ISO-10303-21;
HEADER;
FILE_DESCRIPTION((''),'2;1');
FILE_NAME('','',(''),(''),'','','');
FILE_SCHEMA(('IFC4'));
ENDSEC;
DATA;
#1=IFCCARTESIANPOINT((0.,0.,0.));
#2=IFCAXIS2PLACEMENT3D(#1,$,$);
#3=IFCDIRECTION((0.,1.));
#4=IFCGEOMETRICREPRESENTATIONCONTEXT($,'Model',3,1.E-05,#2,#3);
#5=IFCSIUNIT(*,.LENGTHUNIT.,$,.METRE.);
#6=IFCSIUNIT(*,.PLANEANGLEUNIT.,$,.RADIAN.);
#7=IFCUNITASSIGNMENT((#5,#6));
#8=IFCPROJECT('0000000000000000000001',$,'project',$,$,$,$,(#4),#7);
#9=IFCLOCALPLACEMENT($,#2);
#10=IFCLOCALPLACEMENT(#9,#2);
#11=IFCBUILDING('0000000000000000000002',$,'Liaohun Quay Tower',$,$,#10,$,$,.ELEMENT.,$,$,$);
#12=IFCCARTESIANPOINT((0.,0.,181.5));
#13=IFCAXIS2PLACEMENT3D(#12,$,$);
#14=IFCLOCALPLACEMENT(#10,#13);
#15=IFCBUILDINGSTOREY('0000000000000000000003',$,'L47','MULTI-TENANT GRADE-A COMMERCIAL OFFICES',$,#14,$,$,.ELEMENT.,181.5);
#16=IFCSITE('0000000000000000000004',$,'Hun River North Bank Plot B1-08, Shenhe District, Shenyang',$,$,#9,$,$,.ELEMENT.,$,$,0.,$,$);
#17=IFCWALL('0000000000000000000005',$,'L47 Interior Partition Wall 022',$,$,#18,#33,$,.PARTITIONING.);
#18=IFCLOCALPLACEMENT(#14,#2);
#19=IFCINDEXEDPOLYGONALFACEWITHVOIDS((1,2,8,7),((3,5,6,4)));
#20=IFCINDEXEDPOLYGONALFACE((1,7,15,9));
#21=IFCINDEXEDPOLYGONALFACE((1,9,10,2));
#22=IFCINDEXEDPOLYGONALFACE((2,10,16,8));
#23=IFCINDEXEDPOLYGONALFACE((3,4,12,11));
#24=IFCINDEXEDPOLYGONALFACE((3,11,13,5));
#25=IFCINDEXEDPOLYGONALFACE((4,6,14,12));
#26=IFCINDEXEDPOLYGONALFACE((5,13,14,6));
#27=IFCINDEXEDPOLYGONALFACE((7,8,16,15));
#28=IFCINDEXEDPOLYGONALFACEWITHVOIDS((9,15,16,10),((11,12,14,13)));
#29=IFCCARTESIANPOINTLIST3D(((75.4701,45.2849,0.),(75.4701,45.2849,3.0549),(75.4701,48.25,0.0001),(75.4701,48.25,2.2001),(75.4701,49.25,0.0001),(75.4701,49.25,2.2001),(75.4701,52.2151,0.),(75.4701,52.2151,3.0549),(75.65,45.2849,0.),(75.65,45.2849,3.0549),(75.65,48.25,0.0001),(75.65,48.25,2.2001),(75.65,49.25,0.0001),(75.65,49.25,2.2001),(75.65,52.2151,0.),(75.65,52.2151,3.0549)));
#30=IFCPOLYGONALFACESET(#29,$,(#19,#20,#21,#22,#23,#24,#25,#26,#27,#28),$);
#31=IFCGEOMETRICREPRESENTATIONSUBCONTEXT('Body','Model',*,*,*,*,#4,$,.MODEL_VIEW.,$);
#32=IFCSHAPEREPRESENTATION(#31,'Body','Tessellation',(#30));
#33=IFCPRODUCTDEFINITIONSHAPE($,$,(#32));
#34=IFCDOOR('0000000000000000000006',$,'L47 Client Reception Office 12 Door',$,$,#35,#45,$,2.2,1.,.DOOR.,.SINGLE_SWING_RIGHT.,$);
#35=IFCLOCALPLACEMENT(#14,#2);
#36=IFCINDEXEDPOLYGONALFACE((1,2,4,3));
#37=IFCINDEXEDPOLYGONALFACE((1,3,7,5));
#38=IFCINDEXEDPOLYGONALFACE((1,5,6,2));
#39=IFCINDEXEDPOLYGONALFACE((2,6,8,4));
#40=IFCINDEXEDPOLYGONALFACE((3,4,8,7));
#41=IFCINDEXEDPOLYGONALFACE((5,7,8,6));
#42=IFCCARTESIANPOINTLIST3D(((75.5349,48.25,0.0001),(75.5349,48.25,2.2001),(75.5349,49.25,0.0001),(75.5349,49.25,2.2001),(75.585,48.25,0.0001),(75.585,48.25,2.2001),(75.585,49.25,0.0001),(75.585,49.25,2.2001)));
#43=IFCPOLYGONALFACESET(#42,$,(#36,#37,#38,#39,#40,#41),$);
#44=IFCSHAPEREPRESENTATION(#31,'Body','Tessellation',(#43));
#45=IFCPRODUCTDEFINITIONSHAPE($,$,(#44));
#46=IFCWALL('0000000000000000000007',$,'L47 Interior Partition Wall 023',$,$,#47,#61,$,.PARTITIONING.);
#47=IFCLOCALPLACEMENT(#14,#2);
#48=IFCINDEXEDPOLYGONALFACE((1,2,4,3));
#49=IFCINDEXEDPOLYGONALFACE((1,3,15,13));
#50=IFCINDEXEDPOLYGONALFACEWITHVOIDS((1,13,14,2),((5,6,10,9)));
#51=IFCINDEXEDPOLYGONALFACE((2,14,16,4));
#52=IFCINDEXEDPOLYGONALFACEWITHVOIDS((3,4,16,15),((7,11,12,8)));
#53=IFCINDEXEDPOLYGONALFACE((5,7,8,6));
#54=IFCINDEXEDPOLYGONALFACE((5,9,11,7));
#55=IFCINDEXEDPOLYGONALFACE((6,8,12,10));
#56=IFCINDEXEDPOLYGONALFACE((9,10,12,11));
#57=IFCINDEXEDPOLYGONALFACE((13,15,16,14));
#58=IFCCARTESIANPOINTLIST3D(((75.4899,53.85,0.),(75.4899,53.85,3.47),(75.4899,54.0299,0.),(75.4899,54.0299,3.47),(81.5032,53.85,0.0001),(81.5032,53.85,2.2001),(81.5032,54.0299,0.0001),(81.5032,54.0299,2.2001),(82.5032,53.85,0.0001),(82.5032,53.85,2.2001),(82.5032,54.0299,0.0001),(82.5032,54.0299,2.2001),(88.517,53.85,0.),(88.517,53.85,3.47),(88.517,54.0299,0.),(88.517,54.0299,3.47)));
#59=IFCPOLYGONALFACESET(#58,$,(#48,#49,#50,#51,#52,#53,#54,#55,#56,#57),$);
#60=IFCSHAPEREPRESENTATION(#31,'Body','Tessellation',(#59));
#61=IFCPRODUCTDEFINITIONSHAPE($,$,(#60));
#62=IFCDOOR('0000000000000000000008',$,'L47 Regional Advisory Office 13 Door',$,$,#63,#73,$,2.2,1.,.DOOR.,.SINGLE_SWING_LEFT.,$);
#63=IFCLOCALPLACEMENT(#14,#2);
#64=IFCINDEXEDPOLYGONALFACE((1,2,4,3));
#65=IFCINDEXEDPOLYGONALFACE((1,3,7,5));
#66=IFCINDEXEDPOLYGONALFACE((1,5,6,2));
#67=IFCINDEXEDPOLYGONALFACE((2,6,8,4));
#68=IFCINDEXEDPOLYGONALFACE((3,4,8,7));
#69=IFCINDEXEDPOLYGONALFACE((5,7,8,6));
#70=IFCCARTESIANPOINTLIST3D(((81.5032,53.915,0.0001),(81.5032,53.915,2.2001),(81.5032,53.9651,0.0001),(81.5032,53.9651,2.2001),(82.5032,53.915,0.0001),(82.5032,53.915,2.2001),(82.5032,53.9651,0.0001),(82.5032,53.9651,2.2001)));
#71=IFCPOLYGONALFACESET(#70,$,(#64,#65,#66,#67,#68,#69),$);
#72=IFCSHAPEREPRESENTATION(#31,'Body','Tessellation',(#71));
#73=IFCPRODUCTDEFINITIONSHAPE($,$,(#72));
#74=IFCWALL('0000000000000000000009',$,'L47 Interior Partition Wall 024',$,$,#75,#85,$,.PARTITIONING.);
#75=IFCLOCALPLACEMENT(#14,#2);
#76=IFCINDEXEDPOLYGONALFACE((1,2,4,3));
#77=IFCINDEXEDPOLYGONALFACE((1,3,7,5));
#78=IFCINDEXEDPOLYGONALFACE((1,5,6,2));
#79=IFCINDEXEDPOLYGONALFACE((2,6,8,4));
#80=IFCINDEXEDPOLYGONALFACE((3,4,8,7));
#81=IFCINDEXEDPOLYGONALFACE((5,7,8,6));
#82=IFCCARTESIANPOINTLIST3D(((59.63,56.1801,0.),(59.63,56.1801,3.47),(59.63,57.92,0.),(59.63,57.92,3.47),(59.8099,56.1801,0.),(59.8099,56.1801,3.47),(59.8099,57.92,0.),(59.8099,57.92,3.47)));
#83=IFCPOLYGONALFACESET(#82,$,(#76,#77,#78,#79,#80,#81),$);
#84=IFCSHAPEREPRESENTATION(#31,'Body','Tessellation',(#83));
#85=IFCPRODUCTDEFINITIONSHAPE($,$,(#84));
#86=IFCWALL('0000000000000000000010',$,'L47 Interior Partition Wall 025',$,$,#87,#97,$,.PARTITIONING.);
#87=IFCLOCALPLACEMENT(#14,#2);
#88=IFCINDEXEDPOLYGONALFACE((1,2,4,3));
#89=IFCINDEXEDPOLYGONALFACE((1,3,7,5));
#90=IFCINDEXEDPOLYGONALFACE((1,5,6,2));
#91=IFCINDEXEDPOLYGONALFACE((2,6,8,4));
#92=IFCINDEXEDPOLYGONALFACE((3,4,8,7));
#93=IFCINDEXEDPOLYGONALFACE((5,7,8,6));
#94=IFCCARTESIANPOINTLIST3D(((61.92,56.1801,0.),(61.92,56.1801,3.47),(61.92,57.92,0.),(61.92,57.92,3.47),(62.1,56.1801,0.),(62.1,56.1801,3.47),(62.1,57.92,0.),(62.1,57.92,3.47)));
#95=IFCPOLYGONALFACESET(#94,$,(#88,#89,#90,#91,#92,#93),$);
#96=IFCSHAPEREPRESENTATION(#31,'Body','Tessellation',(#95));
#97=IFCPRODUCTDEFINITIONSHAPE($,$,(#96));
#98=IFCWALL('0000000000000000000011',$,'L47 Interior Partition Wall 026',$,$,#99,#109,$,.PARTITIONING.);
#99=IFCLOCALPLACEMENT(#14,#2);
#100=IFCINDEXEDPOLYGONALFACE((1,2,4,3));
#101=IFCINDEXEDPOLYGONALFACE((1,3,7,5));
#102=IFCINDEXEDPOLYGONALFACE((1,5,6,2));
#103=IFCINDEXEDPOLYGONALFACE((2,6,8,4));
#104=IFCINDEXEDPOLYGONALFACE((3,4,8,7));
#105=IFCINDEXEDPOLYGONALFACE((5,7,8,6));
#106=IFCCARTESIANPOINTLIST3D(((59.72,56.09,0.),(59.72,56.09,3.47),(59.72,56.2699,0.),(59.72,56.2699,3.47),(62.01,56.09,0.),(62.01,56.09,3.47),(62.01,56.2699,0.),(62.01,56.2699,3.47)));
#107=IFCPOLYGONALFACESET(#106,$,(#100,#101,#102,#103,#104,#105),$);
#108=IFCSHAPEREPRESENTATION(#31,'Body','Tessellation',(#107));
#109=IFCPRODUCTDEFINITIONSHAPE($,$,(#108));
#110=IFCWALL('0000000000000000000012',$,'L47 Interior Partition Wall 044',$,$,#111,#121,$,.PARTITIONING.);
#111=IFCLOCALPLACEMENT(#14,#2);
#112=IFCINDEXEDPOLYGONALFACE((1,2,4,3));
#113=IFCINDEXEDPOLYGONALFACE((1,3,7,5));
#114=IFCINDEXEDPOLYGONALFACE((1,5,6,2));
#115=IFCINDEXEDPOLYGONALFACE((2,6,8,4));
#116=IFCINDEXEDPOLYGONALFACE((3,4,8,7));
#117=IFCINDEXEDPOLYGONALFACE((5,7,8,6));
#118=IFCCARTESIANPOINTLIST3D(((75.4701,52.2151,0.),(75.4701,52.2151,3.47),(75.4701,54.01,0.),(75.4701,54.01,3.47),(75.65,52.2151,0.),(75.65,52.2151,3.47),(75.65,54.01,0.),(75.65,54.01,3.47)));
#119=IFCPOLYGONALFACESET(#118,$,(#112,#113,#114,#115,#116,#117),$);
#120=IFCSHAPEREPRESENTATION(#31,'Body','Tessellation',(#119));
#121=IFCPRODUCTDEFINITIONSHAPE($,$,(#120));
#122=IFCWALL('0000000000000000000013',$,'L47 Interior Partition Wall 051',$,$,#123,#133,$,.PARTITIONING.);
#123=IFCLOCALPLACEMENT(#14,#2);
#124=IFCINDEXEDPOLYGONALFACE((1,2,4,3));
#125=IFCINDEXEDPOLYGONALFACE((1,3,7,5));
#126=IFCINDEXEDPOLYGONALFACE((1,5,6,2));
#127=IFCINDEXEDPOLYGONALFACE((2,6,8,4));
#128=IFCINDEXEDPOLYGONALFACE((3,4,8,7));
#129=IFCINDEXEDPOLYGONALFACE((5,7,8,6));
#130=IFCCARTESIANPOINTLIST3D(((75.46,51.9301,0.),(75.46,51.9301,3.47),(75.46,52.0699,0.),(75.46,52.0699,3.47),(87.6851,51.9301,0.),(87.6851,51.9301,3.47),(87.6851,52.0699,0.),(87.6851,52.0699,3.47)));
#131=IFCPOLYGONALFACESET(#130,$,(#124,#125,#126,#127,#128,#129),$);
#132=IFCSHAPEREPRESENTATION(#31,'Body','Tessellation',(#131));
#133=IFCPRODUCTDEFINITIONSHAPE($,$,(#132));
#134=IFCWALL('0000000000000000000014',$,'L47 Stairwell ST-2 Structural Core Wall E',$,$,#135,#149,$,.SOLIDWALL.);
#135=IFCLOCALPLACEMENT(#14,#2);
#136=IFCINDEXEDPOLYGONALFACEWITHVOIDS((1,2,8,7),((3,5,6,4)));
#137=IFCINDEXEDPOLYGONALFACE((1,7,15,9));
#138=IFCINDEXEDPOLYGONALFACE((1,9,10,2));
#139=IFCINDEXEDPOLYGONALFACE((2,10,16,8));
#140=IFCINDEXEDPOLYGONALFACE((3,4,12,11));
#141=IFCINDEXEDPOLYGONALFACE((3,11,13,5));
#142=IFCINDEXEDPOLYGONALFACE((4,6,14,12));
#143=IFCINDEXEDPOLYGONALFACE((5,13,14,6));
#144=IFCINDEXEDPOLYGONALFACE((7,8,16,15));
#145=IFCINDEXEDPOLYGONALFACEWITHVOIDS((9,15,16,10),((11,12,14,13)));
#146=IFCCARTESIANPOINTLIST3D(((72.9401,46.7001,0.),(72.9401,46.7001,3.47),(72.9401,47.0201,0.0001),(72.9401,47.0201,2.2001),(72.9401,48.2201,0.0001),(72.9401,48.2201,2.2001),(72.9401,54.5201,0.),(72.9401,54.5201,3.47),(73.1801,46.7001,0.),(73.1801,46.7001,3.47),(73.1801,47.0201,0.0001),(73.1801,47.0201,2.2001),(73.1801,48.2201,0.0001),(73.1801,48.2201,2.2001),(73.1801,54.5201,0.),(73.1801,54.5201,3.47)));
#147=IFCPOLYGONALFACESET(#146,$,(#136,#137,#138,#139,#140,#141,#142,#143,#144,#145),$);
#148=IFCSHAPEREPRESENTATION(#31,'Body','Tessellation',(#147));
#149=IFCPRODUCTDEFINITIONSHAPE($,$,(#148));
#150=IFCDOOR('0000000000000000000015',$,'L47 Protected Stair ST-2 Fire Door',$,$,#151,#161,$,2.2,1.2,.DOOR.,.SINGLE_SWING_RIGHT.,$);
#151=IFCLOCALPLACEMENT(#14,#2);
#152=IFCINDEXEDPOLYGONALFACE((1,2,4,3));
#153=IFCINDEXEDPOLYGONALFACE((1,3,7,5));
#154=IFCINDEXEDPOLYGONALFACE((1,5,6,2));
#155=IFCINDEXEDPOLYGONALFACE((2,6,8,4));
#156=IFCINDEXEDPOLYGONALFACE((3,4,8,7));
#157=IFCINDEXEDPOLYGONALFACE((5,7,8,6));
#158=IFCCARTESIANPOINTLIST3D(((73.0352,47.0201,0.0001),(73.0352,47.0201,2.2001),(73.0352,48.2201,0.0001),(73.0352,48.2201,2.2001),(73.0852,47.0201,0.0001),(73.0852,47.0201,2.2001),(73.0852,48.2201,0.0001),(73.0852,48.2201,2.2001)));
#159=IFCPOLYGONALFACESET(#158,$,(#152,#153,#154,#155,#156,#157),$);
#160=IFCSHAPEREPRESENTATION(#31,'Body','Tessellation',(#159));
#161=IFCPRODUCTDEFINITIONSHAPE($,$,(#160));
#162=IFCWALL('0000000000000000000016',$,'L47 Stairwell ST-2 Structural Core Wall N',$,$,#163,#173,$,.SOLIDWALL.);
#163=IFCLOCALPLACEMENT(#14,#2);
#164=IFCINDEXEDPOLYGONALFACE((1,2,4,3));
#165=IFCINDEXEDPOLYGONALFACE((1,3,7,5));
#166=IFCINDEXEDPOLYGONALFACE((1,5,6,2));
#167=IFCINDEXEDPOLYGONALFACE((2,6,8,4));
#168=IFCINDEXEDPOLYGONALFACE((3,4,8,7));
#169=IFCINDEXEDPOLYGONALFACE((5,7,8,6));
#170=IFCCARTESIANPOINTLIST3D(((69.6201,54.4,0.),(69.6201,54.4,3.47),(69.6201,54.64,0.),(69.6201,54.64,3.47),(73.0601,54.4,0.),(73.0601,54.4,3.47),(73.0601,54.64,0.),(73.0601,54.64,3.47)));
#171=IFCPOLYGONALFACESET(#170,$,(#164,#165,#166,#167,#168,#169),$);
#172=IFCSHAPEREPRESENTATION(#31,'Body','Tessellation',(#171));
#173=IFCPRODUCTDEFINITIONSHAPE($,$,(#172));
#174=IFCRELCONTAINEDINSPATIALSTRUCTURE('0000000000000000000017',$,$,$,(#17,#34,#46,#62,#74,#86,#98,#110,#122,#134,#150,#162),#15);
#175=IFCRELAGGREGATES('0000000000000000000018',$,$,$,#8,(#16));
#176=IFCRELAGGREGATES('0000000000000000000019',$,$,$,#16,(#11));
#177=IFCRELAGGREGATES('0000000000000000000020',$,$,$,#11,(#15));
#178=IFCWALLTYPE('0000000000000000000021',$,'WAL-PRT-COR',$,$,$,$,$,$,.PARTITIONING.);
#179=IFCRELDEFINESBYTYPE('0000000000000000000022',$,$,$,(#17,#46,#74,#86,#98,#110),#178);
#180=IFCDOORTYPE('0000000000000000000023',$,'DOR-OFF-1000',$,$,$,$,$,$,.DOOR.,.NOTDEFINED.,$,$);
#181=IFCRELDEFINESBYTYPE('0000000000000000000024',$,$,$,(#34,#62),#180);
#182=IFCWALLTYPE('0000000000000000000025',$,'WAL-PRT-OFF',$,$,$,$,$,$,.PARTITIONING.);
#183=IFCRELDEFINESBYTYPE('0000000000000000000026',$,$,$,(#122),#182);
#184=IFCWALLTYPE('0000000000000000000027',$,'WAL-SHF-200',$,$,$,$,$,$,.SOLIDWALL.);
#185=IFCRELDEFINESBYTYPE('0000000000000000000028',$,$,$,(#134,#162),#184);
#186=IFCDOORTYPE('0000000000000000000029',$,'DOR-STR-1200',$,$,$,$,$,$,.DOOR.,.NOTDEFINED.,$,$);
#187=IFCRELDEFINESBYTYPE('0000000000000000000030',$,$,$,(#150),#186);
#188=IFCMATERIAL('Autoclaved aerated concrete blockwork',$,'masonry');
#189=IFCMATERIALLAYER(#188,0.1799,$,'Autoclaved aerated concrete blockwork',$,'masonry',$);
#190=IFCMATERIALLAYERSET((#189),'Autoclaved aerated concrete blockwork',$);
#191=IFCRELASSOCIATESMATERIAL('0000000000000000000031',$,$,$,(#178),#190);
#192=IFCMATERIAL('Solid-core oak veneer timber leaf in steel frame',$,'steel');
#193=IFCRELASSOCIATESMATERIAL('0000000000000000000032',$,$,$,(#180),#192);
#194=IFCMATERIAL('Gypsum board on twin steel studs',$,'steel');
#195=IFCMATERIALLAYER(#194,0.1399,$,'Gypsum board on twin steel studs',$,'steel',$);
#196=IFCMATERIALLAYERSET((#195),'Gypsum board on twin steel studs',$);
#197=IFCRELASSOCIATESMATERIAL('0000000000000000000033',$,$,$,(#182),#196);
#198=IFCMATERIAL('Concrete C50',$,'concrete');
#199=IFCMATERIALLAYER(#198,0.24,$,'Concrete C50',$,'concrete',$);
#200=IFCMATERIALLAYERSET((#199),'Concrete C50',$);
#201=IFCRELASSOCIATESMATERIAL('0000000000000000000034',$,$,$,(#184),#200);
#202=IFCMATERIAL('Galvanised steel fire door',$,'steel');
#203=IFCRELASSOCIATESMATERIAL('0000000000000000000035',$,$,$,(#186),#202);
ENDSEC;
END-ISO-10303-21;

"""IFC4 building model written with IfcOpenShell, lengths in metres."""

from ifc_helpers import new_model, si_unit, direction, frame, frame_2d, origin, place, context, subcontext, project, spatial, rectangle, extrude, source, transform, mapped, material, layer, layer_set, type_object, element, fill, save


model = new_model("IFC4")

# Units and contexts
model_context = context("Model", 3, precision=1e-05, world=origin(), true_north=direction((0.0, 1.0)))
body_context = subcontext(model_context, "Body", "Model", "MODEL_VIEW")
ifc_project = project(units=[si_unit("LENGTHUNIT", "METRE"), si_unit("PLANEANGLEUNIT", "RADIAN")], contexts=[model_context])

# Site, building, storey
site_placement = place(None, origin())
site = spatial("IfcSite", under=ifc_project, at=site_placement, Name="Hun River North Bank Plot B1-08, Shenhe District, Shenyang", CompositionType="ELEMENT", RefElevation=0.0)
building_placement = place(site_placement, origin())
building = spatial("IfcBuilding", under=site, at=building_placement, Name="Liaohun Quay Tower", CompositionType="ELEMENT")
storey_placement = place(building_placement, frame((0.0, 0.0, 181.5)))
storey = spatial("IfcBuildingStorey", under=building, at=storey_placement, Name="L47", Description="MULTI-TENANT GRADE-A COMMERCIAL OFFICES", CompositionType="ELEMENT", Elevation=181.5)

# Walls, openings, doors
ifc_material_1 = material(Name="Autoclaved aerated concrete blockwork", Category="masonry")
ifc_layer_1 = layer(ifc_material_1, 0.1799, Name="Autoclaved aerated concrete blockwork", Category="masonry")
ifc_layer_set_1 = layer_set([ifc_layer_1], Name="Autoclaved aerated concrete blockwork")
wall_type_1 = type_object("IfcWallType", Name="WAL-PRT-COR", PredefinedType="PARTITIONING", material=ifc_layer_set_1)
wall_1_placement = place(storey_placement, frame((75.5601, 52.2151, 0.0), z_axis=(0.0, 0.0, 1.0), x_axis=(0.0, -1.0, 0.0)))
wall_1 = element("IfcWall", 1, at=wall_1_placement, inside=storey, type_object=wall_type_1, Name="L47 Interior Partition Wall 022", PredefinedType="PARTITIONING", context=body_context, shape_type="SweptSolid", body=[
    extrude(rectangle(XDim=6.9302, YDim=0.1799, at=frame_2d((3.4651, 0.0))), origin(), (0.0, 0.0, 1.0), 3.0549),
])
shared_shape_1 = source(origin(), body_context, "Body", "SweptSolid", [
    extrude(rectangle(XDim=1.0, YDim=2.2, at=frame_2d((0.5, 1.1001))), frame((0.0, 0.0999, 0.0), z_axis=(0.0, -1.0, 0.0), x_axis=(1.0, 0.0, 0.0)), (0.0, 0.0, 1.0), 0.2),
])
opening_1_placement = place(wall_1_placement, frame((2.9651, 0.0, 0.0)))
opening_1 = element("IfcOpeningElement", 2, at=opening_1_placement, cuts=wall_1, PredefinedType="OPENING", context=body_context, shape_type="MappedRepresentation", body=[
    mapped(shared_shape_1, transform((0.0, 0.0, 0.0), x_axis=(1.0, 0.0, 0.0), y_axis=(0.0, 1.0, 0.0), z_axis=(0.0, 0.0, 1.0), scale=1.0)),
])
ifc_material_2 = material(Name="Solid-core oak veneer timber leaf in steel frame", Category="steel")
door_type_1 = type_object("IfcDoorType", Name="DOR-OFF-1000", OperationType="NOTDEFINED", PredefinedType="DOOR", material=ifc_material_2)
shared_shape_2 = source(origin(), body_context, "Body", "SweptSolid", [
    extrude(rectangle(XDim=1.0, YDim=2.2, at=frame_2d((0.5, 1.1001))), frame((0.0, 0.0249, 0.0), z_axis=(0.0, -1.0, 0.0), x_axis=(1.0, 0.0, 0.0)), (0.0, 0.0, 1.0), 0.05),
])
door_1_placement = place(opening_1_placement, origin())
door_1 = element("IfcDoor", 3, at=door_1_placement, inside=storey, type_object=door_type_1, Name="L47 Client Reception Office 12 Door", OperationType="SINGLE_SWING_RIGHT", OverallHeight=2.2, OverallWidth=1.0, PredefinedType="DOOR", context=body_context, shape_type="MappedRepresentation", body=[
    mapped(shared_shape_2, transform((0.0, 0.0, 0.0), x_axis=(1.0, 0.0, 0.0), y_axis=(0.0, 1.0, 0.0), z_axis=(0.0, 0.0, 1.0), scale=1.0)),
])
fill(opening_1, door_1)
wall_2_placement = place(storey_placement, frame((88.5171, 53.9399, 0.0), z_axis=(0.0, 0.0, 1.0), x_axis=(-1.0, 0.0, 0.0)))
wall_2 = element("IfcWall", 4, at=wall_2_placement, inside=storey, type_object=wall_type_1, Name="L47 Interior Partition Wall 023", PredefinedType="PARTITIONING", context=body_context, shape_type="SweptSolid", body=[
    extrude(rectangle(XDim=13.0271, YDim=0.1799, at=frame_2d((6.5137, 0.0))), origin(), (0.0, 0.0, 1.0), 3.47),
])
opening_2_placement = place(wall_2_placement, frame((6.0139, 0.0, 0.0)))
opening_2 = element("IfcOpeningElement", 5, at=opening_2_placement, cuts=wall_2, PredefinedType="OPENING", context=body_context, shape_type="MappedRepresentation", body=[
    mapped(shared_shape_1, transform((0.0, 0.0, 0.0), x_axis=(1.0, 0.0, 0.0), y_axis=(0.0, 1.0, 0.0), z_axis=(0.0, 0.0, 1.0), scale=1.0)),
])
door_2_placement = place(opening_2_placement, origin())
door_2 = element("IfcDoor", 6, at=door_2_placement, inside=storey, type_object=door_type_1, Name="L47 Regional Advisory Office 13 Door", OperationType="SINGLE_SWING_LEFT", OverallHeight=2.2, OverallWidth=1.0, PredefinedType="DOOR", context=body_context, shape_type="MappedRepresentation", body=[
    mapped(shared_shape_2, transform((0.0, 0.0, 0.0), x_axis=(1.0, 0.0, 0.0), y_axis=(0.0, 1.0, 0.0), z_axis=(0.0, 0.0, 1.0), scale=1.0)),
])
fill(opening_2, door_2)

# Walls
for number, where, z_axis, x_axis, name in (
    (7, (59.72, 56.1799, 0.0), (0.0, 0.0, 1.0), (0.0, 1.0, 0.0), "L47 Interior Partition Wall 024"),
    (8, (62.01, 56.1799, 0.0), (0.0, 0.0, 1.0), (0.0, 1.0, 0.0), "L47 Interior Partition Wall 025"),
):
    element("IfcWall", number, at=place(storey_placement, frame(where, z_axis=z_axis, x_axis=x_axis)), inside=storey, type_object=wall_type_1, Name=name, PredefinedType="PARTITIONING", context=body_context, shape_type="SweptSolid", body=[
        extrude(rectangle(XDim=1.74, YDim=0.1799, at=frame_2d((0.8701, 0.0))), origin(), (0.0, 0.0, 1.0), 3.47),
    ])
wall_3_placement = place(storey_placement, frame((59.72, 56.1799, 0.0), z_axis=(0.0, 0.0, 1.0), x_axis=(1.0, 0.0, 0.0)))
element("IfcWall", 9, at=wall_3_placement, inside=storey, type_object=wall_type_1, Name="L47 Interior Partition Wall 026", PredefinedType="PARTITIONING", context=body_context, shape_type="SweptSolid", body=[
    extrude(rectangle(XDim=2.29, YDim=0.1799, at=frame_2d((1.145, 0.0))), origin(), (0.0, 0.0, 1.0), 3.47),
])
wall_4_placement = place(storey_placement, frame((75.5601, 54.01, 0.0), z_axis=(0.0, 0.0, 1.0), x_axis=(0.0, -1.0, 0.0)))
element("IfcWall", 10, at=wall_4_placement, inside=storey, type_object=wall_type_1, Name="L47 Interior Partition Wall 044", PredefinedType="PARTITIONING", context=body_context, shape_type="SweptSolid", body=[
    extrude(rectangle(XDim=1.7949, YDim=0.1799, at=frame_2d((0.8975, 0.0))), origin(), (0.0, 0.0, 1.0), 3.47),
])
ifc_material_3 = material(Name="Gypsum board on twin steel studs", Category="steel")
ifc_layer_2 = layer(ifc_material_3, 0.1399, Name="Gypsum board on twin steel studs", Category="steel")
ifc_layer_set_2 = layer_set([ifc_layer_2], Name="Gypsum board on twin steel studs")
wall_type_2 = type_object("IfcWallType", Name="WAL-PRT-OFF", PredefinedType="PARTITIONING", material=ifc_layer_set_2)
wall_5_placement = place(storey_placement, frame((75.46, 52.0, 0.0), z_axis=(0.0, 0.0, 1.0), x_axis=(1.0, 0.0, 0.0)))
element("IfcWall", 11, at=wall_5_placement, inside=storey, type_object=wall_type_2, Name="L47 Interior Partition Wall 051", PredefinedType="PARTITIONING", context=body_context, shape_type="SweptSolid", body=[
    extrude(rectangle(XDim=12.2251, YDim=0.1399, at=frame_2d((6.1125, 0.0))), origin(), (0.0, 0.0, 1.0), 3.47),
])

# Wall, opening, door
ifc_material_4 = material(Name="Concrete C50", Category="concrete")
ifc_layer_3 = layer(ifc_material_4, 0.24, Name="Concrete C50", Category="concrete")
ifc_layer_set_3 = layer_set([ifc_layer_3], Name="Concrete C50")
wall_type_3 = type_object("IfcWallType", Name="WAL-SHF-200", PredefinedType="SOLIDWALL", material=ifc_layer_set_3)
wall_6_placement = place(storey_placement, frame((73.0601, 46.7, 0.0), z_axis=(0.0, 0.0, 1.0), x_axis=(0.0, 1.0, 0.0)))
wall_6 = element("IfcWall", 12, at=wall_6_placement, inside=storey, type_object=wall_type_3, Name="L47 Stairwell ST-2 Structural Core Wall E", PredefinedType="SOLIDWALL", context=body_context, shape_type="SweptSolid", body=[
    extrude(rectangle(XDim=7.8201, YDim=0.24, at=frame_2d((3.9102, 0.0))), origin(), (0.0, 0.0, 1.0), 3.47),
])
shared_shape_3 = source(origin(), body_context, "Body", "SweptSolid", [
    extrude(rectangle(XDim=1.2, YDim=2.2, at=frame_2d((0.6001, 1.1001))), frame((0.0, 0.1299, 0.0), z_axis=(0.0, -1.0, 0.0), x_axis=(1.0, 0.0, 0.0)), (0.0, 0.0, 1.0), 0.26),
])
opening_3_placement = place(wall_6_placement, frame((0.3201, 0.0, 0.0)))
opening_3 = element("IfcOpeningElement", 13, at=opening_3_placement, cuts=wall_6, PredefinedType="OPENING", context=body_context, shape_type="MappedRepresentation", body=[
    mapped(shared_shape_3, transform((0.0, 0.0, 0.0), x_axis=(1.0, 0.0, 0.0), y_axis=(0.0, 1.0, 0.0), z_axis=(0.0, 0.0, 1.0), scale=1.0)),
])
ifc_material_5 = material(Name="Galvanised steel fire door", Category="steel")
door_type_2 = type_object("IfcDoorType", Name="DOR-STR-1200", OperationType="NOTDEFINED", PredefinedType="DOOR", material=ifc_material_5)
shared_shape_4 = source(origin(), body_context, "Body", "SweptSolid", [
    extrude(rectangle(XDim=1.2, YDim=2.2, at=frame_2d((0.6001, 1.1001))), frame((0.0, 0.0249, 0.0), z_axis=(0.0, -1.0, 0.0), x_axis=(1.0, 0.0, 0.0)), (0.0, 0.0, 1.0), 0.05),
])
door_3_placement = place(opening_3_placement, origin())
door_3 = element("IfcDoor", 14, at=door_3_placement, inside=storey, type_object=door_type_2, Name="L47 Protected Stair ST-2 Fire Door", OperationType="SINGLE_SWING_RIGHT", OverallHeight=2.2, OverallWidth=1.2, PredefinedType="DOOR", context=body_context, shape_type="MappedRepresentation", body=[
    mapped(shared_shape_4, transform((0.0, 0.0, 0.0), x_axis=(1.0, 0.0, 0.0), y_axis=(0.0, 1.0, 0.0), z_axis=(0.0, 0.0, 1.0), scale=1.0)),
])
fill(opening_3, door_3)

# Wall
wall_7_placement = place(storey_placement, frame((73.0601, 54.52, 0.0), z_axis=(0.0, 0.0, 1.0), x_axis=(-1.0, 0.0, 0.0)))
element("IfcWall", 15, at=wall_7_placement, inside=storey, type_object=wall_type_3, Name="L47 Stairwell ST-2 Structural Core Wall N", PredefinedType="SOLIDWALL", context=body_context, shape_type="SweptSolid", body=[
    extrude(rectangle(XDim=3.4399, YDim=0.24, at=frame_2d((1.72, 0.0))), origin(), (0.0, 0.0, 1.0), 3.47),
])

save(model, "model.ifc")
